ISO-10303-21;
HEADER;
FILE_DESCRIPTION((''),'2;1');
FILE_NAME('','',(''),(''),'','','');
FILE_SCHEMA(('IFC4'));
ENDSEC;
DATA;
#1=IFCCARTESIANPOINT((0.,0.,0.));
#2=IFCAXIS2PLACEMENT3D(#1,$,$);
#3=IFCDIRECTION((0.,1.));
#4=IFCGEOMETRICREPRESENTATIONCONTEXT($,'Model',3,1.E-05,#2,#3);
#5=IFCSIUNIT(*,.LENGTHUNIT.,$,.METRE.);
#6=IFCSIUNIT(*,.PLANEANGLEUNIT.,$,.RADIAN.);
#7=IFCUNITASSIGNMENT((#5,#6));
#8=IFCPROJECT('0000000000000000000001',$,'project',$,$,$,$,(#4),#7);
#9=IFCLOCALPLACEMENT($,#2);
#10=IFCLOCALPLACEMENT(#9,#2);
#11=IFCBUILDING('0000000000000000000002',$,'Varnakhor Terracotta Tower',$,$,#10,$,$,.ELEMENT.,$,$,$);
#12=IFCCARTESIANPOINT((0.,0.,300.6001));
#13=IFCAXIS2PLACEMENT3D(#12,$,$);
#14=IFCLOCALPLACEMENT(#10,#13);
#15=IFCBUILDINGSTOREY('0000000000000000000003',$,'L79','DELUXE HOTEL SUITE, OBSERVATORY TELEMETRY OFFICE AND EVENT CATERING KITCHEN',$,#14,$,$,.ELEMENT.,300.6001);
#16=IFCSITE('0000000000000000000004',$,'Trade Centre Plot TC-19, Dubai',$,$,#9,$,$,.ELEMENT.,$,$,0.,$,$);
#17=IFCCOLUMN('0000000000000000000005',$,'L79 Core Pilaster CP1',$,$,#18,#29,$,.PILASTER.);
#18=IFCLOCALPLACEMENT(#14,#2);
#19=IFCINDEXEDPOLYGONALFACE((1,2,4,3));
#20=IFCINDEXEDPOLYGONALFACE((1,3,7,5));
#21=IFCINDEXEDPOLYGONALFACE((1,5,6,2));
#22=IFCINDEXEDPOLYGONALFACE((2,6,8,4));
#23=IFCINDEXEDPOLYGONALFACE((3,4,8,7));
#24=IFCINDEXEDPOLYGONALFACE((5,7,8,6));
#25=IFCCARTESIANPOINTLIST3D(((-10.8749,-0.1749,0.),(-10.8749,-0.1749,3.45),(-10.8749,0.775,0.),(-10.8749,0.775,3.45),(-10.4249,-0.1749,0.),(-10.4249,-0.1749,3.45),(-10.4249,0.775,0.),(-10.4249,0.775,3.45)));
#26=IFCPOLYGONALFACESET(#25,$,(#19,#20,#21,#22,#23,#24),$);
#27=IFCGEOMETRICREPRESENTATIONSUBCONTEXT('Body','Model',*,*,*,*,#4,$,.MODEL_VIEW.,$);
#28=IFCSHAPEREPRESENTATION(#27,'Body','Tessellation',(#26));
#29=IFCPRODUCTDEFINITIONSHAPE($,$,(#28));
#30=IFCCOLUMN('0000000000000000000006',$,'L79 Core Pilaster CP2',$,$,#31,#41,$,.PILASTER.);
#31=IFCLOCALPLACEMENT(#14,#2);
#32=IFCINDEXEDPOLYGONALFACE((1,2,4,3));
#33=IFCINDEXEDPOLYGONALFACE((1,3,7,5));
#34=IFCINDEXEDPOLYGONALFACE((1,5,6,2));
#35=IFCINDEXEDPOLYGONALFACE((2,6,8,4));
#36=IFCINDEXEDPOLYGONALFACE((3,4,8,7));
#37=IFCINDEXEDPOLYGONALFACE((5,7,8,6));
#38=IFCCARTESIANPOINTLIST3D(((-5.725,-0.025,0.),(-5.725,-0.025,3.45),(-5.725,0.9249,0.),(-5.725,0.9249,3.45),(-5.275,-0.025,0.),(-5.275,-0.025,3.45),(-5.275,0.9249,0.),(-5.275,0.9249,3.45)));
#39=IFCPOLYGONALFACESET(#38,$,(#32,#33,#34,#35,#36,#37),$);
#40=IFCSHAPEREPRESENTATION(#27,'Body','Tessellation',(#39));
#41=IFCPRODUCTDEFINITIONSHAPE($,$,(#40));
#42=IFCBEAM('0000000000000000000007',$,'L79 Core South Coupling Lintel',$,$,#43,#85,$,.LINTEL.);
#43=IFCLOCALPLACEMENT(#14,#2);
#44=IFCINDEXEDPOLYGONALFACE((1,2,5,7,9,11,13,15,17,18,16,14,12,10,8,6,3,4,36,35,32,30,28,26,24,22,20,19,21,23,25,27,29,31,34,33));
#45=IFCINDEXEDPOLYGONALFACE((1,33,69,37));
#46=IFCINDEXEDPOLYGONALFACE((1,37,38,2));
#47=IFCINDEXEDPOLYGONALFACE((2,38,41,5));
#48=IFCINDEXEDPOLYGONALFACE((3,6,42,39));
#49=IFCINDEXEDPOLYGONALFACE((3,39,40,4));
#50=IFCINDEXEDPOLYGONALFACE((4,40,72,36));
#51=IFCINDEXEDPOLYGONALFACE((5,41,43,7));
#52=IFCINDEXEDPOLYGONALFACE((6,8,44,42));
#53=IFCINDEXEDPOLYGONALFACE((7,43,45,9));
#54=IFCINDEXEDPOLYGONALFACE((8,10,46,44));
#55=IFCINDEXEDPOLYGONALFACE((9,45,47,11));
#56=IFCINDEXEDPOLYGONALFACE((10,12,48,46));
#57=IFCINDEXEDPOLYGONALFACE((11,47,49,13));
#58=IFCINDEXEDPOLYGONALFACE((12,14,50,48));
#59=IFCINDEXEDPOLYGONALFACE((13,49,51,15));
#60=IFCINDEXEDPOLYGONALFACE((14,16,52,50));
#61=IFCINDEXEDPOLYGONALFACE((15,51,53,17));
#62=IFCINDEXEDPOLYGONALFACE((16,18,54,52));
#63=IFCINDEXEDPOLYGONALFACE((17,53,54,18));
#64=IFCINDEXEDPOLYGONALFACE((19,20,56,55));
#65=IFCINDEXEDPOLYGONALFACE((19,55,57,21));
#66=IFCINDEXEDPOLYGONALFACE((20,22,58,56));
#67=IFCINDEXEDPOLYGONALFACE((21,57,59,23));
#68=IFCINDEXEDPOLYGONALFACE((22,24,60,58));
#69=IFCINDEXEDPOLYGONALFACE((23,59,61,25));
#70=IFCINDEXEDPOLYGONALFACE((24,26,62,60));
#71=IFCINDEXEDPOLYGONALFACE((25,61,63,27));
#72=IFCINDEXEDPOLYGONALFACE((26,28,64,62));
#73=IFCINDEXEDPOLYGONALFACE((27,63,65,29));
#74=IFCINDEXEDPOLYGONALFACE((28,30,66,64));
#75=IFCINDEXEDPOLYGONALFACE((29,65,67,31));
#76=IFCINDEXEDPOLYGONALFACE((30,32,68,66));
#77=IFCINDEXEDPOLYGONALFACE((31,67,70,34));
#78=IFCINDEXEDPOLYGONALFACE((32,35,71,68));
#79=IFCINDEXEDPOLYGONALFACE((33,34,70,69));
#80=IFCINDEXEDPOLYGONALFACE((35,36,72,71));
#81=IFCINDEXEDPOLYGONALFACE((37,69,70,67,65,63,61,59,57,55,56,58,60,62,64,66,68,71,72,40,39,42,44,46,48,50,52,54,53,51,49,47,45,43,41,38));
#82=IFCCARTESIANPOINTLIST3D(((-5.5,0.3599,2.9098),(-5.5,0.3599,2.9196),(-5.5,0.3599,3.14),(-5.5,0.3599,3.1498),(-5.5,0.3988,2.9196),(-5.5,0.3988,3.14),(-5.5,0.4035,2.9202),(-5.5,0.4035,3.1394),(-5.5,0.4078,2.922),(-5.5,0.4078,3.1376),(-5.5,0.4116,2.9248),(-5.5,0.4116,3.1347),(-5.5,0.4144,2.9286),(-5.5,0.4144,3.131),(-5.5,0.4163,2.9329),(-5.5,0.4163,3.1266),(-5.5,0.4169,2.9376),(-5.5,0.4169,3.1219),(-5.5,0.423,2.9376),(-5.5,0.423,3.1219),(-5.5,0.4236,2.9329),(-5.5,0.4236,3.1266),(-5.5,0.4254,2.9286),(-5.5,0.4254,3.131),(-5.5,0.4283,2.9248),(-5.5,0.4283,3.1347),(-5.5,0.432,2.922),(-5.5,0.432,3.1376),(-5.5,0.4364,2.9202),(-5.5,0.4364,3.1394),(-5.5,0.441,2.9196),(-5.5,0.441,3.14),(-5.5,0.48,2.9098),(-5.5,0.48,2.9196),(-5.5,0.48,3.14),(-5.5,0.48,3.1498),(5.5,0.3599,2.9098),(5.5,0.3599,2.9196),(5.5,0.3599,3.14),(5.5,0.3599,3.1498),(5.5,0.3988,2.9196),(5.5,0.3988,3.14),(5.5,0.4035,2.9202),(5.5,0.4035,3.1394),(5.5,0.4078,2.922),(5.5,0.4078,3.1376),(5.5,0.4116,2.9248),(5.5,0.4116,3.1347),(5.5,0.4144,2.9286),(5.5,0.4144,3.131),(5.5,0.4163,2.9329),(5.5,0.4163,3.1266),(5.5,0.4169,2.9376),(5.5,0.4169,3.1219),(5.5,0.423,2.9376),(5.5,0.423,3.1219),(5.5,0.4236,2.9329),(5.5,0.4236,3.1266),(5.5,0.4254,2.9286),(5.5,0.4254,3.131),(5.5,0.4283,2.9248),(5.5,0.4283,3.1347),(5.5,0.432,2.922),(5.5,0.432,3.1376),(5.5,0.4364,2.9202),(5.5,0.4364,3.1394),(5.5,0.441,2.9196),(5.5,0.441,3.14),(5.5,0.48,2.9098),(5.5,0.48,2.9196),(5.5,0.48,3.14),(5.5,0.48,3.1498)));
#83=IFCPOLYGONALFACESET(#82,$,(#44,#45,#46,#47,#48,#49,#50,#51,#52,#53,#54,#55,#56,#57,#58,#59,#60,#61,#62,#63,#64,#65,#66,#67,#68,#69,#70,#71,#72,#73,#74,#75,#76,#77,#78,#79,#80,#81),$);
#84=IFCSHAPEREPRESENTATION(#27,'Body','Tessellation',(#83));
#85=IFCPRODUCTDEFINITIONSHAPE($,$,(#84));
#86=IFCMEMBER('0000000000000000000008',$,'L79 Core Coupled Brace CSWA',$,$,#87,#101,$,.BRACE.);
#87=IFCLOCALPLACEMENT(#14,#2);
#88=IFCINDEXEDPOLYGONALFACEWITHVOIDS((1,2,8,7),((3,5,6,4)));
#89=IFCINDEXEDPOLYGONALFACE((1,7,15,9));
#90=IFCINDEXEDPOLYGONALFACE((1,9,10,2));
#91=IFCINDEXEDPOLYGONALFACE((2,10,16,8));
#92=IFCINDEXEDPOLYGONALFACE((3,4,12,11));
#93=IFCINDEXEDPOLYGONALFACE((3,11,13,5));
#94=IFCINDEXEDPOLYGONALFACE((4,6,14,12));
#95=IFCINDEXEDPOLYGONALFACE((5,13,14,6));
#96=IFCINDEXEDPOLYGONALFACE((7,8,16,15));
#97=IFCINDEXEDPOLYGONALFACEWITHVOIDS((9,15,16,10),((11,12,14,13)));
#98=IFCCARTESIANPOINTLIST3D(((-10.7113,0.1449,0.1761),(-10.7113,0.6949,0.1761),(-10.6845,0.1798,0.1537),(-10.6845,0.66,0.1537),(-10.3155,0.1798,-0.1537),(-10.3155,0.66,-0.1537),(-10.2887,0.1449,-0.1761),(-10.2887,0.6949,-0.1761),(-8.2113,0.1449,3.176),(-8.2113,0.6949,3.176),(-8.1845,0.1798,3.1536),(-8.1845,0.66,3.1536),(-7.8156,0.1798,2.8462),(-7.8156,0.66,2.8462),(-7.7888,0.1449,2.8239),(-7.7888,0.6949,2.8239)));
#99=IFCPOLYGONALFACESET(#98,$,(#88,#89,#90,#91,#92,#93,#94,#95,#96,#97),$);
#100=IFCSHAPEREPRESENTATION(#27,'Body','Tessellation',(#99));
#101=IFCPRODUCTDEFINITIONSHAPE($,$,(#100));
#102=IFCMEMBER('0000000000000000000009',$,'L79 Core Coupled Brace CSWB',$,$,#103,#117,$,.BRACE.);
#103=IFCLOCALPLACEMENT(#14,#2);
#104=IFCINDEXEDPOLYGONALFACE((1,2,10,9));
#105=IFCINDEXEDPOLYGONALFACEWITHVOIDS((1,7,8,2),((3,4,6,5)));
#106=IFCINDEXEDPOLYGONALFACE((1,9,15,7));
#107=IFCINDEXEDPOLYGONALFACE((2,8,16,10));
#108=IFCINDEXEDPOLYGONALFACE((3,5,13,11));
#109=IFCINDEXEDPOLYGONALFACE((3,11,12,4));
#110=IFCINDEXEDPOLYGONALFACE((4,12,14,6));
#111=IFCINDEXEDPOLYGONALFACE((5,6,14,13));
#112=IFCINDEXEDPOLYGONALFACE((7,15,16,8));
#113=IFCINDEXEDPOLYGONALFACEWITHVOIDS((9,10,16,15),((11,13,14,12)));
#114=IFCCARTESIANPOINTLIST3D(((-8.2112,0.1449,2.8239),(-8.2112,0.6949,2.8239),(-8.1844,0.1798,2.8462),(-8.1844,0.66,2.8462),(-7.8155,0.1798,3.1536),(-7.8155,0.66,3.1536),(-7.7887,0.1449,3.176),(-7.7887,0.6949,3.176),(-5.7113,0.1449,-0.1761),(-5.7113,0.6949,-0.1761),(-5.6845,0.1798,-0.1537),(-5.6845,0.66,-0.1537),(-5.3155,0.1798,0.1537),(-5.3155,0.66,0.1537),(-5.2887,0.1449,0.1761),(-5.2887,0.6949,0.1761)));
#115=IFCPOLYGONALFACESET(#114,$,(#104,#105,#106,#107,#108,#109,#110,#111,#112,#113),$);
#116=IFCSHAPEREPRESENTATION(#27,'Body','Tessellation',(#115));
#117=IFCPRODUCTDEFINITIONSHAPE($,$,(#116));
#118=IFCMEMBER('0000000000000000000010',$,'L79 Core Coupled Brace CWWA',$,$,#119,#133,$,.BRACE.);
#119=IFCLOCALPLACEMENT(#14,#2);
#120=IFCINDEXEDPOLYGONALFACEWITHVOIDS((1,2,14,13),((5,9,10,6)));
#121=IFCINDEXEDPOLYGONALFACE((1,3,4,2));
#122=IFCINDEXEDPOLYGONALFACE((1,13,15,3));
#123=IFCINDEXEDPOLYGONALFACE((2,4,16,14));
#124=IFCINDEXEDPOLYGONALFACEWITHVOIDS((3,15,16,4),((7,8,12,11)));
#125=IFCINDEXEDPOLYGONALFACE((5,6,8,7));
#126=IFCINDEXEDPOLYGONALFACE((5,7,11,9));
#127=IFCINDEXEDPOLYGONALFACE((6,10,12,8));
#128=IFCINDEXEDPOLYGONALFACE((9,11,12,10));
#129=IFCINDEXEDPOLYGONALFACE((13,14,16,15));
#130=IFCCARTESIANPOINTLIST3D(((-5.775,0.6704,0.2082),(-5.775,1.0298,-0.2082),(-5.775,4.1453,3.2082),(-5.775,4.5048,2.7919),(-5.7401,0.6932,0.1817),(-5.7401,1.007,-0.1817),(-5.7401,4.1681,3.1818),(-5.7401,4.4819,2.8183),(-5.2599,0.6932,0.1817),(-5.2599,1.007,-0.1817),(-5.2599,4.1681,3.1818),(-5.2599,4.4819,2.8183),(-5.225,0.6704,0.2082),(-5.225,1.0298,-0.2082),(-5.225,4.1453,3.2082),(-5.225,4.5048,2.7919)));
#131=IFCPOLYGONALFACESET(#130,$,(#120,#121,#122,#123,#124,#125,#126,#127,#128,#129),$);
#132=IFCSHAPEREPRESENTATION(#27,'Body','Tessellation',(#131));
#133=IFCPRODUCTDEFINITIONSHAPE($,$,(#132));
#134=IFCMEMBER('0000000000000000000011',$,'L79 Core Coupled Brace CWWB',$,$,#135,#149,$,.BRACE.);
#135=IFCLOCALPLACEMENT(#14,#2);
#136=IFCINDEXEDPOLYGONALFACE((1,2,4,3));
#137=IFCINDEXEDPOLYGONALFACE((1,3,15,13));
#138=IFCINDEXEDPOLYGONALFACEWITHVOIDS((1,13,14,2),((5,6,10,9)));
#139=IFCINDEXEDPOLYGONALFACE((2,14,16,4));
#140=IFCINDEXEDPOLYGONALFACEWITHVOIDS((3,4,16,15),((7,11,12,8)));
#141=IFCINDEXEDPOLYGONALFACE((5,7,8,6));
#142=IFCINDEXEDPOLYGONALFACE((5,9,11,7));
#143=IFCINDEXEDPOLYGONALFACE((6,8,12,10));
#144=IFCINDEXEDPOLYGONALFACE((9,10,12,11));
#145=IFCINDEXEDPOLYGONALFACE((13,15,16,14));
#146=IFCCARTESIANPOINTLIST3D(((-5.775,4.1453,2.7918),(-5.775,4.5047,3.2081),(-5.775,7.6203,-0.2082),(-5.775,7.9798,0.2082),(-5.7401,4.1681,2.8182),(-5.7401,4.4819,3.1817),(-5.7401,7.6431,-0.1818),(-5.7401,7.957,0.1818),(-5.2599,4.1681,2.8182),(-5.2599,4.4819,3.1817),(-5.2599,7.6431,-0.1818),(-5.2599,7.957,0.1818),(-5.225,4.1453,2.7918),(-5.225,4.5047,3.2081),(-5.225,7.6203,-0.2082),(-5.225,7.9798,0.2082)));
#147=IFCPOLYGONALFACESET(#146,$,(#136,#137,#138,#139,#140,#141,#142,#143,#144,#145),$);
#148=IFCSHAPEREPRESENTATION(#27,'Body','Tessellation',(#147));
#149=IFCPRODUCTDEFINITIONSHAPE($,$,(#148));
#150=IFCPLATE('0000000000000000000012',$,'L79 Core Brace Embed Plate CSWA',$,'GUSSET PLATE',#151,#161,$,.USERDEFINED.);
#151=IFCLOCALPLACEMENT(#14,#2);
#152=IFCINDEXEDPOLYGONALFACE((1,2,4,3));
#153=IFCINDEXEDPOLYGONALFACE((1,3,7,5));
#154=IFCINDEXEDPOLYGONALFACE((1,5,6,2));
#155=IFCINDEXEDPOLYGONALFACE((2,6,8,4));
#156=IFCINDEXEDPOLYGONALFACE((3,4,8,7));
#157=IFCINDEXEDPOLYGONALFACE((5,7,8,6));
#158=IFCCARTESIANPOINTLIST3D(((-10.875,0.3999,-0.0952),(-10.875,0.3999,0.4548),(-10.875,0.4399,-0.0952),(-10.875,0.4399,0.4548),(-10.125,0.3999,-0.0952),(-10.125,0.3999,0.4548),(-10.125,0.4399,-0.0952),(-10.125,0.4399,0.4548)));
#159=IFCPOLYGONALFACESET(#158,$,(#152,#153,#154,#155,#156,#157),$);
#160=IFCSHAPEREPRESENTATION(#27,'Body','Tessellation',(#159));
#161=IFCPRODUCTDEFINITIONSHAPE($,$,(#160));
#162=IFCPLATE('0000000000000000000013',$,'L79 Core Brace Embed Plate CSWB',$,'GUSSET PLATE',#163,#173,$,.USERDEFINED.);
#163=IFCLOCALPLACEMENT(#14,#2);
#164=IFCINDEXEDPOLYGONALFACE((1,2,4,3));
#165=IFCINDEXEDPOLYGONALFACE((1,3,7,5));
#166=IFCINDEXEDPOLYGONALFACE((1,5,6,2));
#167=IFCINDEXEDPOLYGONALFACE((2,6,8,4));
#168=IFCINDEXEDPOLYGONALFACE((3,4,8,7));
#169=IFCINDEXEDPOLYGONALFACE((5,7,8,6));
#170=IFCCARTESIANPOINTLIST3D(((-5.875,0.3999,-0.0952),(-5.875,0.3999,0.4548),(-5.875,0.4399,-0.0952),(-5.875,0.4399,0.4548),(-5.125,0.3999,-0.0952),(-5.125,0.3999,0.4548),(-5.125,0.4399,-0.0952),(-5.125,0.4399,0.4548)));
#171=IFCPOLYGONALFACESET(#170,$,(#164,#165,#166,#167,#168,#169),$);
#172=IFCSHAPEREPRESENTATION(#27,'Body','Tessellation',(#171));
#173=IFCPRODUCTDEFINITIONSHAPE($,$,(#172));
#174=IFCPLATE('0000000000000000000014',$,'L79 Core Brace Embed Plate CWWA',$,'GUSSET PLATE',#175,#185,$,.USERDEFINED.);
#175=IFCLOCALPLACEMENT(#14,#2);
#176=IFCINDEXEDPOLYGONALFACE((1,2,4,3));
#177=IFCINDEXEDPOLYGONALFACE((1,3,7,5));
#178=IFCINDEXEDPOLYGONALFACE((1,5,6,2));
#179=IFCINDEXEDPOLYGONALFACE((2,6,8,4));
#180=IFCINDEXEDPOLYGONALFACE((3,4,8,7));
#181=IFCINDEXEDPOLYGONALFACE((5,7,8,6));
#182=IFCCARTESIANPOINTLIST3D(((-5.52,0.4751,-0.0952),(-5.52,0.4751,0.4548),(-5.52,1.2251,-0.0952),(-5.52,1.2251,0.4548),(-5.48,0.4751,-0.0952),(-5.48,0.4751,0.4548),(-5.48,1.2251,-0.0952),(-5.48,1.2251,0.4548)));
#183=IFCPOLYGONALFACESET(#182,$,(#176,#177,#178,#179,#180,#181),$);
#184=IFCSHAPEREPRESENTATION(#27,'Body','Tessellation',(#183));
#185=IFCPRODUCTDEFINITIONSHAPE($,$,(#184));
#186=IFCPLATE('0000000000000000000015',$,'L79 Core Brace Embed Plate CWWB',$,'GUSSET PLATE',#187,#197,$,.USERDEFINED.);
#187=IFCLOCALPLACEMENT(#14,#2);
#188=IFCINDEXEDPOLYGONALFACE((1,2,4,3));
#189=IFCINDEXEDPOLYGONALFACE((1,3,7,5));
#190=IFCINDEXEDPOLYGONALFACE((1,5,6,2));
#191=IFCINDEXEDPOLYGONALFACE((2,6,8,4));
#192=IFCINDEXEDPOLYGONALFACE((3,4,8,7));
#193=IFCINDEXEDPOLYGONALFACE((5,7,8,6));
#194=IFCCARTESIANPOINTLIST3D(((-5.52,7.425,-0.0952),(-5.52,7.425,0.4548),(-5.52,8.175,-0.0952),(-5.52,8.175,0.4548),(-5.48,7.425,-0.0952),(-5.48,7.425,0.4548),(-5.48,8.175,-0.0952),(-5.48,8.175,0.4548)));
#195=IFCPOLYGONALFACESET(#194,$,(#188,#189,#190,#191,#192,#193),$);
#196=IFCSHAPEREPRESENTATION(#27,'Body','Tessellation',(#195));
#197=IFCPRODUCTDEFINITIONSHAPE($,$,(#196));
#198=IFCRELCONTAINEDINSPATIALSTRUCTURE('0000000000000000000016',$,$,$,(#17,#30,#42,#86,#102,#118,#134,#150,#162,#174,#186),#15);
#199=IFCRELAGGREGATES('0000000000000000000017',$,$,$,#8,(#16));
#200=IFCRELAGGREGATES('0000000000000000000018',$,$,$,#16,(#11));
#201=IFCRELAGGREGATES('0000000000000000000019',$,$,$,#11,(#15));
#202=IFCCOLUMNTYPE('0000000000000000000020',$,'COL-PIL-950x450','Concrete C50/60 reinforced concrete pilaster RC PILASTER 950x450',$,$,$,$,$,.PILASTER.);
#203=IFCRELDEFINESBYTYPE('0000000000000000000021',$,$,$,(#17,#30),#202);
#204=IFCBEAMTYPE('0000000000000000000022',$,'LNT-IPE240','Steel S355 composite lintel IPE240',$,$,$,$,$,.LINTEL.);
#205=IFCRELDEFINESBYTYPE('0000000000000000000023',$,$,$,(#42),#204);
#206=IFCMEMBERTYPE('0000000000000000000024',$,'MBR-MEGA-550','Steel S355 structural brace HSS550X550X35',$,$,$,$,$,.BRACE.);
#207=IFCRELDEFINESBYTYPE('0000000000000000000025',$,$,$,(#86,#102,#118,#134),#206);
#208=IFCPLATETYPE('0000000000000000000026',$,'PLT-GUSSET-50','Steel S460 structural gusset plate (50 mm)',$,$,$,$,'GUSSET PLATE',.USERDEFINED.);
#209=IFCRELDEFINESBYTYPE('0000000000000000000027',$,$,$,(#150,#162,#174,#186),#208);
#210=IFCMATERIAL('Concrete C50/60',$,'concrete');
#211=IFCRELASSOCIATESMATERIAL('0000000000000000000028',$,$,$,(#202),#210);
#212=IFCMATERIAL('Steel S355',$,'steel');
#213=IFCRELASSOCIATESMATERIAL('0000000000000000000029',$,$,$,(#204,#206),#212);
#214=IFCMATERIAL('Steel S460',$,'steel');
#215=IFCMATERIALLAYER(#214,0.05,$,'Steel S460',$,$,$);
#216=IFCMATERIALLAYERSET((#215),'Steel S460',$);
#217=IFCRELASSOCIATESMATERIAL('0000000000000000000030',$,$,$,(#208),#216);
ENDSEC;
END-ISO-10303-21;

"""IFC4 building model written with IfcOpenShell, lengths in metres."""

from ifc_helpers import new_model, si_unit, direction, frame, origin, origin_2d, place, context, subcontext, project, spatial, rectangle, hollow_rectangle, i_section, extrude, source, transform, mapped, material, layer, layer_set, material_profile, profile_set, type_object, type_shapes, element, save


model = new_model("IFC4")

# Units and contexts
model_context = context("Model", 3, precision=1e-05, world=origin(), true_north=direction((0.0, 1.0)))
body_context = subcontext(model_context, "Body", "Model", "MODEL_VIEW")
ifc_project = project(units=[si_unit("LENGTHUNIT", "METRE"), si_unit("PLANEANGLEUNIT", "RADIAN")], contexts=[model_context])

# Site, building, storey
site_placement = place(None, origin())
site = spatial("IfcSite", under=ifc_project, at=site_placement, Name="Trade Centre Plot TC-19, Dubai", CompositionType="ELEMENT", RefElevation=0.0)
building_placement = place(site_placement, origin())
building = spatial("IfcBuilding", under=site, at=building_placement, Name="Varnakhor Terracotta Tower", CompositionType="ELEMENT")
storey_placement = place(building_placement, frame((0.0, 0.0, 300.6001)))
storey = spatial("IfcBuildingStorey", under=building, at=storey_placement, Name="L79", Description="DELUXE HOTEL SUITE, OBSERVATORY TELEMETRY OFFICE AND EVENT CATERING KITCHEN", CompositionType="ELEMENT", Elevation=300.6001)

# Columns
ifc_material_1 = material(Name="Concrete C50/60", Category="concrete")
ifc_material_profile_1 = material_profile(ifc_material_1, rectangle(XDim=0.45, YDim=0.95, at=origin_2d()), Name="RC PILASTER 950x450")
ifc_profile_set_1 = profile_set([ifc_material_profile_1], Name="Concrete C50/60")
column_type = type_object("IfcColumnType", Name="COL-PIL-950x450", Description="Concrete C50/60 reinforced concrete pilaster RC PILASTER 950x450", PredefinedType="PILASTER", material=ifc_profile_set_1)
shared_shape_1 = source(origin(), body_context, "Body", "SweptSolid", [
    extrude(rectangle(XDim=0.45, YDim=0.95, at=origin_2d()), origin(), (0.0, 0.0, 1.0), 3.45),
])
for number, where, z_axis, x_axis, name in (
    (1, (-10.6499, 0.3, 0.0), (0.0, 0.0, 1.0), (1.0, 0.0, 0.0), "L79 Core Pilaster CP1"),
    (2, (-5.5, 0.45, 0.0), (0.0, 0.0, 1.0), (1.0, 0.0, 0.0), "L79 Core Pilaster CP2"),
):
    element("IfcColumn", number, at=place(storey_placement, frame(where, z_axis=z_axis, x_axis=x_axis)), inside=storey, type_object=column_type, Name=name, PredefinedType="PILASTER", context=body_context, shape_type="MappedRepresentation", body=[
        mapped(shared_shape_1, transform((0.0, 0.0, 0.0), scale=1.0)),
    ])

# Beam
ifc_material_2 = material(Name="Steel S355", Category="steel")
ifc_material_profile_2 = material_profile(ifc_material_2, i_section(OverallWidth=0.1201, OverallDepth=0.24, WebThickness=0.0061, FlangeThickness=0.0098, FilletRadius=0.0181, at=origin_2d()), Name="IPE240")
ifc_profile_set_2 = profile_set([ifc_material_profile_2], Name="Steel S355")
beam_type = type_object("IfcBeamType", Name="LNT-IPE240", Description="Steel S355 composite lintel IPE240", PredefinedType="LINTEL", material=ifc_profile_set_2)
shared_shape_2 = source(origin(), body_context, "Body", "SweptSolid", [
    extrude(i_section(OverallWidth=0.1201, OverallDepth=0.24, WebThickness=0.0061, FlangeThickness=0.0098, FilletRadius=0.0181, at=origin_2d()), origin(), (0.0, 0.0, 1.0), 11.0),
])
type_shapes(beam_type, [shared_shape_2])
beam_placement = place(storey_placement, frame((-5.5, 0.4199, 3.0298), z_axis=(1.0, 0.0, 0.0), x_axis=(0.0, 1.0, 0.0)))
element("IfcBeam", 3, at=beam_placement, inside=storey, type_object=beam_type, Name="L79 Core South Coupling Lintel", PredefinedType="LINTEL", context=body_context, shape_type="MappedRepresentation", body=[
    mapped(shared_shape_2, transform((0.0, 0.0, 0.0), scale=1.0)),
])

# Members
ifc_material_profile_3 = material_profile(ifc_material_2, hollow_rectangle(XDim=0.55, YDim=0.55, WallThickness=0.0349, at=origin_2d()), Name="HSS550X550X35")
ifc_profile_set_3 = profile_set([ifc_material_profile_3], Name="Steel S355")
member_type = type_object("IfcMemberType", Name="MBR-MEGA-550", Description="Steel S355 structural brace HSS550X550X35", PredefinedType="BRACE", material=ifc_profile_set_3)
shared_shape_3 = source(origin(), body_context, "Body", "SweptSolid", [
    extrude(hollow_rectangle(XDim=0.55, YDim=0.55, WallThickness=0.0349, at=origin_2d()), origin(), (0.0, 0.0, 1.0), 3.905),
])
for number, where, z_axis, x_axis, name in (
    (4, (-10.5, 0.4199, 0.0), (0.640184, 0.0, 0.768221), (0.0, 1.0, 0.0), "L79 Core Coupled Brace CSWA"),
    (5, (-5.5, 0.4199, 0.0), (-0.640184, 0.0, 0.768221), (0.0, -1.0, 0.0), "L79 Core Coupled Brace CSWB"),
):
    element("IfcMember", number, at=place(storey_placement, frame(where, z_axis=z_axis, x_axis=x_axis)), inside=storey, type_object=member_type, Name=name, PredefinedType="BRACE", context=body_context, shape_type="MappedRepresentation", body=[
        mapped(shared_shape_3, transform((0.0, 0.0, 0.0), scale=1.0)),
    ])
shared_shape_4 = source(origin(), body_context, "Body", "SweptSolid", [
    extrude(hollow_rectangle(XDim=0.55, YDim=0.55, WallThickness=0.0349, at=origin_2d()), origin(), (0.0, 0.0, 1.0), 4.5908),
])
for number, where, z_axis, x_axis, name in (
    (6, (-5.5, 0.8501, 0.0), (0.0, 0.756932, 0.653494), (-1.0, 0.0, 0.0), "L79 Core Coupled Brace CWWA"),
    (7, (-5.5, 7.8, 0.0), (0.0, -0.756955, 0.653468), (1.0, 0.0, 0.0), "L79 Core Coupled Brace CWWB"),
):
    element("IfcMember", number, at=place(storey_placement, frame(where, z_axis=z_axis, x_axis=x_axis)), inside=storey, type_object=member_type, Name=name, PredefinedType="BRACE", context=body_context, shape_type="MappedRepresentation", body=[
        mapped(shared_shape_4, transform((0.0, 0.0, 0.0), scale=1.0)),
    ])

# Plates
ifc_material_3 = material(Name="Steel S460", Category="steel")
ifc_layer_1 = layer(ifc_material_3, 0.05, Name="Steel S460")
ifc_layer_set_1 = layer_set([ifc_layer_1], Name="Steel S460")
plate_type = type_object("IfcPlateType", Name="PLT-GUSSET-50", Description="Steel S460 structural gusset plate (50 mm)", ElementType="GUSSET PLATE", PredefinedType="USERDEFINED", material=ifc_layer_set_1)
shared_shape_5 = source(origin(), body_context, "Body", "SweptSolid", [
    extrude(rectangle(XDim=0.75, YDim=0.04, at=origin_2d()), origin(), (0.0, 0.0, 1.0), 0.55),
])
type_shapes(plate_type, [shared_shape_5])
for number, where, z_axis, x_axis, name in (
    (8, (-10.5, 0.4199, -0.0952), (0.0, 0.0, 1.0), (1.0, 0.0, 0.0), "L79 Core Brace Embed Plate CSWA"),
    (9, (-5.5, 0.4199, -0.0952), (0.0, 0.0, 1.0), (1.0, 0.0, 0.0), "L79 Core Brace Embed Plate CSWB"),
    (10, (-5.5, 0.8501, -0.0952), (0.0, 0.0, 1.0), (0.0, 1.0, 0.0), "L79 Core Brace Embed Plate CWWA"),
    (11, (-5.5, 7.8, -0.0952), (0.0, 0.0, 1.0), (0.0, 1.0, 0.0), "L79 Core Brace Embed Plate CWWB"),
):
    element("IfcPlate", number, at=place(storey_placement, frame(where, z_axis=z_axis, x_axis=x_axis)), inside=storey, type_object=plate_type, Name=name, ObjectType="GUSSET PLATE", PredefinedType="USERDEFINED", context=body_context, shape_type="MappedRepresentation", body=[
        mapped(shared_shape_5, transform((0.0, 0.0, 0.0), scale=1.0)),
    ])

save(model, "model.ifc")
